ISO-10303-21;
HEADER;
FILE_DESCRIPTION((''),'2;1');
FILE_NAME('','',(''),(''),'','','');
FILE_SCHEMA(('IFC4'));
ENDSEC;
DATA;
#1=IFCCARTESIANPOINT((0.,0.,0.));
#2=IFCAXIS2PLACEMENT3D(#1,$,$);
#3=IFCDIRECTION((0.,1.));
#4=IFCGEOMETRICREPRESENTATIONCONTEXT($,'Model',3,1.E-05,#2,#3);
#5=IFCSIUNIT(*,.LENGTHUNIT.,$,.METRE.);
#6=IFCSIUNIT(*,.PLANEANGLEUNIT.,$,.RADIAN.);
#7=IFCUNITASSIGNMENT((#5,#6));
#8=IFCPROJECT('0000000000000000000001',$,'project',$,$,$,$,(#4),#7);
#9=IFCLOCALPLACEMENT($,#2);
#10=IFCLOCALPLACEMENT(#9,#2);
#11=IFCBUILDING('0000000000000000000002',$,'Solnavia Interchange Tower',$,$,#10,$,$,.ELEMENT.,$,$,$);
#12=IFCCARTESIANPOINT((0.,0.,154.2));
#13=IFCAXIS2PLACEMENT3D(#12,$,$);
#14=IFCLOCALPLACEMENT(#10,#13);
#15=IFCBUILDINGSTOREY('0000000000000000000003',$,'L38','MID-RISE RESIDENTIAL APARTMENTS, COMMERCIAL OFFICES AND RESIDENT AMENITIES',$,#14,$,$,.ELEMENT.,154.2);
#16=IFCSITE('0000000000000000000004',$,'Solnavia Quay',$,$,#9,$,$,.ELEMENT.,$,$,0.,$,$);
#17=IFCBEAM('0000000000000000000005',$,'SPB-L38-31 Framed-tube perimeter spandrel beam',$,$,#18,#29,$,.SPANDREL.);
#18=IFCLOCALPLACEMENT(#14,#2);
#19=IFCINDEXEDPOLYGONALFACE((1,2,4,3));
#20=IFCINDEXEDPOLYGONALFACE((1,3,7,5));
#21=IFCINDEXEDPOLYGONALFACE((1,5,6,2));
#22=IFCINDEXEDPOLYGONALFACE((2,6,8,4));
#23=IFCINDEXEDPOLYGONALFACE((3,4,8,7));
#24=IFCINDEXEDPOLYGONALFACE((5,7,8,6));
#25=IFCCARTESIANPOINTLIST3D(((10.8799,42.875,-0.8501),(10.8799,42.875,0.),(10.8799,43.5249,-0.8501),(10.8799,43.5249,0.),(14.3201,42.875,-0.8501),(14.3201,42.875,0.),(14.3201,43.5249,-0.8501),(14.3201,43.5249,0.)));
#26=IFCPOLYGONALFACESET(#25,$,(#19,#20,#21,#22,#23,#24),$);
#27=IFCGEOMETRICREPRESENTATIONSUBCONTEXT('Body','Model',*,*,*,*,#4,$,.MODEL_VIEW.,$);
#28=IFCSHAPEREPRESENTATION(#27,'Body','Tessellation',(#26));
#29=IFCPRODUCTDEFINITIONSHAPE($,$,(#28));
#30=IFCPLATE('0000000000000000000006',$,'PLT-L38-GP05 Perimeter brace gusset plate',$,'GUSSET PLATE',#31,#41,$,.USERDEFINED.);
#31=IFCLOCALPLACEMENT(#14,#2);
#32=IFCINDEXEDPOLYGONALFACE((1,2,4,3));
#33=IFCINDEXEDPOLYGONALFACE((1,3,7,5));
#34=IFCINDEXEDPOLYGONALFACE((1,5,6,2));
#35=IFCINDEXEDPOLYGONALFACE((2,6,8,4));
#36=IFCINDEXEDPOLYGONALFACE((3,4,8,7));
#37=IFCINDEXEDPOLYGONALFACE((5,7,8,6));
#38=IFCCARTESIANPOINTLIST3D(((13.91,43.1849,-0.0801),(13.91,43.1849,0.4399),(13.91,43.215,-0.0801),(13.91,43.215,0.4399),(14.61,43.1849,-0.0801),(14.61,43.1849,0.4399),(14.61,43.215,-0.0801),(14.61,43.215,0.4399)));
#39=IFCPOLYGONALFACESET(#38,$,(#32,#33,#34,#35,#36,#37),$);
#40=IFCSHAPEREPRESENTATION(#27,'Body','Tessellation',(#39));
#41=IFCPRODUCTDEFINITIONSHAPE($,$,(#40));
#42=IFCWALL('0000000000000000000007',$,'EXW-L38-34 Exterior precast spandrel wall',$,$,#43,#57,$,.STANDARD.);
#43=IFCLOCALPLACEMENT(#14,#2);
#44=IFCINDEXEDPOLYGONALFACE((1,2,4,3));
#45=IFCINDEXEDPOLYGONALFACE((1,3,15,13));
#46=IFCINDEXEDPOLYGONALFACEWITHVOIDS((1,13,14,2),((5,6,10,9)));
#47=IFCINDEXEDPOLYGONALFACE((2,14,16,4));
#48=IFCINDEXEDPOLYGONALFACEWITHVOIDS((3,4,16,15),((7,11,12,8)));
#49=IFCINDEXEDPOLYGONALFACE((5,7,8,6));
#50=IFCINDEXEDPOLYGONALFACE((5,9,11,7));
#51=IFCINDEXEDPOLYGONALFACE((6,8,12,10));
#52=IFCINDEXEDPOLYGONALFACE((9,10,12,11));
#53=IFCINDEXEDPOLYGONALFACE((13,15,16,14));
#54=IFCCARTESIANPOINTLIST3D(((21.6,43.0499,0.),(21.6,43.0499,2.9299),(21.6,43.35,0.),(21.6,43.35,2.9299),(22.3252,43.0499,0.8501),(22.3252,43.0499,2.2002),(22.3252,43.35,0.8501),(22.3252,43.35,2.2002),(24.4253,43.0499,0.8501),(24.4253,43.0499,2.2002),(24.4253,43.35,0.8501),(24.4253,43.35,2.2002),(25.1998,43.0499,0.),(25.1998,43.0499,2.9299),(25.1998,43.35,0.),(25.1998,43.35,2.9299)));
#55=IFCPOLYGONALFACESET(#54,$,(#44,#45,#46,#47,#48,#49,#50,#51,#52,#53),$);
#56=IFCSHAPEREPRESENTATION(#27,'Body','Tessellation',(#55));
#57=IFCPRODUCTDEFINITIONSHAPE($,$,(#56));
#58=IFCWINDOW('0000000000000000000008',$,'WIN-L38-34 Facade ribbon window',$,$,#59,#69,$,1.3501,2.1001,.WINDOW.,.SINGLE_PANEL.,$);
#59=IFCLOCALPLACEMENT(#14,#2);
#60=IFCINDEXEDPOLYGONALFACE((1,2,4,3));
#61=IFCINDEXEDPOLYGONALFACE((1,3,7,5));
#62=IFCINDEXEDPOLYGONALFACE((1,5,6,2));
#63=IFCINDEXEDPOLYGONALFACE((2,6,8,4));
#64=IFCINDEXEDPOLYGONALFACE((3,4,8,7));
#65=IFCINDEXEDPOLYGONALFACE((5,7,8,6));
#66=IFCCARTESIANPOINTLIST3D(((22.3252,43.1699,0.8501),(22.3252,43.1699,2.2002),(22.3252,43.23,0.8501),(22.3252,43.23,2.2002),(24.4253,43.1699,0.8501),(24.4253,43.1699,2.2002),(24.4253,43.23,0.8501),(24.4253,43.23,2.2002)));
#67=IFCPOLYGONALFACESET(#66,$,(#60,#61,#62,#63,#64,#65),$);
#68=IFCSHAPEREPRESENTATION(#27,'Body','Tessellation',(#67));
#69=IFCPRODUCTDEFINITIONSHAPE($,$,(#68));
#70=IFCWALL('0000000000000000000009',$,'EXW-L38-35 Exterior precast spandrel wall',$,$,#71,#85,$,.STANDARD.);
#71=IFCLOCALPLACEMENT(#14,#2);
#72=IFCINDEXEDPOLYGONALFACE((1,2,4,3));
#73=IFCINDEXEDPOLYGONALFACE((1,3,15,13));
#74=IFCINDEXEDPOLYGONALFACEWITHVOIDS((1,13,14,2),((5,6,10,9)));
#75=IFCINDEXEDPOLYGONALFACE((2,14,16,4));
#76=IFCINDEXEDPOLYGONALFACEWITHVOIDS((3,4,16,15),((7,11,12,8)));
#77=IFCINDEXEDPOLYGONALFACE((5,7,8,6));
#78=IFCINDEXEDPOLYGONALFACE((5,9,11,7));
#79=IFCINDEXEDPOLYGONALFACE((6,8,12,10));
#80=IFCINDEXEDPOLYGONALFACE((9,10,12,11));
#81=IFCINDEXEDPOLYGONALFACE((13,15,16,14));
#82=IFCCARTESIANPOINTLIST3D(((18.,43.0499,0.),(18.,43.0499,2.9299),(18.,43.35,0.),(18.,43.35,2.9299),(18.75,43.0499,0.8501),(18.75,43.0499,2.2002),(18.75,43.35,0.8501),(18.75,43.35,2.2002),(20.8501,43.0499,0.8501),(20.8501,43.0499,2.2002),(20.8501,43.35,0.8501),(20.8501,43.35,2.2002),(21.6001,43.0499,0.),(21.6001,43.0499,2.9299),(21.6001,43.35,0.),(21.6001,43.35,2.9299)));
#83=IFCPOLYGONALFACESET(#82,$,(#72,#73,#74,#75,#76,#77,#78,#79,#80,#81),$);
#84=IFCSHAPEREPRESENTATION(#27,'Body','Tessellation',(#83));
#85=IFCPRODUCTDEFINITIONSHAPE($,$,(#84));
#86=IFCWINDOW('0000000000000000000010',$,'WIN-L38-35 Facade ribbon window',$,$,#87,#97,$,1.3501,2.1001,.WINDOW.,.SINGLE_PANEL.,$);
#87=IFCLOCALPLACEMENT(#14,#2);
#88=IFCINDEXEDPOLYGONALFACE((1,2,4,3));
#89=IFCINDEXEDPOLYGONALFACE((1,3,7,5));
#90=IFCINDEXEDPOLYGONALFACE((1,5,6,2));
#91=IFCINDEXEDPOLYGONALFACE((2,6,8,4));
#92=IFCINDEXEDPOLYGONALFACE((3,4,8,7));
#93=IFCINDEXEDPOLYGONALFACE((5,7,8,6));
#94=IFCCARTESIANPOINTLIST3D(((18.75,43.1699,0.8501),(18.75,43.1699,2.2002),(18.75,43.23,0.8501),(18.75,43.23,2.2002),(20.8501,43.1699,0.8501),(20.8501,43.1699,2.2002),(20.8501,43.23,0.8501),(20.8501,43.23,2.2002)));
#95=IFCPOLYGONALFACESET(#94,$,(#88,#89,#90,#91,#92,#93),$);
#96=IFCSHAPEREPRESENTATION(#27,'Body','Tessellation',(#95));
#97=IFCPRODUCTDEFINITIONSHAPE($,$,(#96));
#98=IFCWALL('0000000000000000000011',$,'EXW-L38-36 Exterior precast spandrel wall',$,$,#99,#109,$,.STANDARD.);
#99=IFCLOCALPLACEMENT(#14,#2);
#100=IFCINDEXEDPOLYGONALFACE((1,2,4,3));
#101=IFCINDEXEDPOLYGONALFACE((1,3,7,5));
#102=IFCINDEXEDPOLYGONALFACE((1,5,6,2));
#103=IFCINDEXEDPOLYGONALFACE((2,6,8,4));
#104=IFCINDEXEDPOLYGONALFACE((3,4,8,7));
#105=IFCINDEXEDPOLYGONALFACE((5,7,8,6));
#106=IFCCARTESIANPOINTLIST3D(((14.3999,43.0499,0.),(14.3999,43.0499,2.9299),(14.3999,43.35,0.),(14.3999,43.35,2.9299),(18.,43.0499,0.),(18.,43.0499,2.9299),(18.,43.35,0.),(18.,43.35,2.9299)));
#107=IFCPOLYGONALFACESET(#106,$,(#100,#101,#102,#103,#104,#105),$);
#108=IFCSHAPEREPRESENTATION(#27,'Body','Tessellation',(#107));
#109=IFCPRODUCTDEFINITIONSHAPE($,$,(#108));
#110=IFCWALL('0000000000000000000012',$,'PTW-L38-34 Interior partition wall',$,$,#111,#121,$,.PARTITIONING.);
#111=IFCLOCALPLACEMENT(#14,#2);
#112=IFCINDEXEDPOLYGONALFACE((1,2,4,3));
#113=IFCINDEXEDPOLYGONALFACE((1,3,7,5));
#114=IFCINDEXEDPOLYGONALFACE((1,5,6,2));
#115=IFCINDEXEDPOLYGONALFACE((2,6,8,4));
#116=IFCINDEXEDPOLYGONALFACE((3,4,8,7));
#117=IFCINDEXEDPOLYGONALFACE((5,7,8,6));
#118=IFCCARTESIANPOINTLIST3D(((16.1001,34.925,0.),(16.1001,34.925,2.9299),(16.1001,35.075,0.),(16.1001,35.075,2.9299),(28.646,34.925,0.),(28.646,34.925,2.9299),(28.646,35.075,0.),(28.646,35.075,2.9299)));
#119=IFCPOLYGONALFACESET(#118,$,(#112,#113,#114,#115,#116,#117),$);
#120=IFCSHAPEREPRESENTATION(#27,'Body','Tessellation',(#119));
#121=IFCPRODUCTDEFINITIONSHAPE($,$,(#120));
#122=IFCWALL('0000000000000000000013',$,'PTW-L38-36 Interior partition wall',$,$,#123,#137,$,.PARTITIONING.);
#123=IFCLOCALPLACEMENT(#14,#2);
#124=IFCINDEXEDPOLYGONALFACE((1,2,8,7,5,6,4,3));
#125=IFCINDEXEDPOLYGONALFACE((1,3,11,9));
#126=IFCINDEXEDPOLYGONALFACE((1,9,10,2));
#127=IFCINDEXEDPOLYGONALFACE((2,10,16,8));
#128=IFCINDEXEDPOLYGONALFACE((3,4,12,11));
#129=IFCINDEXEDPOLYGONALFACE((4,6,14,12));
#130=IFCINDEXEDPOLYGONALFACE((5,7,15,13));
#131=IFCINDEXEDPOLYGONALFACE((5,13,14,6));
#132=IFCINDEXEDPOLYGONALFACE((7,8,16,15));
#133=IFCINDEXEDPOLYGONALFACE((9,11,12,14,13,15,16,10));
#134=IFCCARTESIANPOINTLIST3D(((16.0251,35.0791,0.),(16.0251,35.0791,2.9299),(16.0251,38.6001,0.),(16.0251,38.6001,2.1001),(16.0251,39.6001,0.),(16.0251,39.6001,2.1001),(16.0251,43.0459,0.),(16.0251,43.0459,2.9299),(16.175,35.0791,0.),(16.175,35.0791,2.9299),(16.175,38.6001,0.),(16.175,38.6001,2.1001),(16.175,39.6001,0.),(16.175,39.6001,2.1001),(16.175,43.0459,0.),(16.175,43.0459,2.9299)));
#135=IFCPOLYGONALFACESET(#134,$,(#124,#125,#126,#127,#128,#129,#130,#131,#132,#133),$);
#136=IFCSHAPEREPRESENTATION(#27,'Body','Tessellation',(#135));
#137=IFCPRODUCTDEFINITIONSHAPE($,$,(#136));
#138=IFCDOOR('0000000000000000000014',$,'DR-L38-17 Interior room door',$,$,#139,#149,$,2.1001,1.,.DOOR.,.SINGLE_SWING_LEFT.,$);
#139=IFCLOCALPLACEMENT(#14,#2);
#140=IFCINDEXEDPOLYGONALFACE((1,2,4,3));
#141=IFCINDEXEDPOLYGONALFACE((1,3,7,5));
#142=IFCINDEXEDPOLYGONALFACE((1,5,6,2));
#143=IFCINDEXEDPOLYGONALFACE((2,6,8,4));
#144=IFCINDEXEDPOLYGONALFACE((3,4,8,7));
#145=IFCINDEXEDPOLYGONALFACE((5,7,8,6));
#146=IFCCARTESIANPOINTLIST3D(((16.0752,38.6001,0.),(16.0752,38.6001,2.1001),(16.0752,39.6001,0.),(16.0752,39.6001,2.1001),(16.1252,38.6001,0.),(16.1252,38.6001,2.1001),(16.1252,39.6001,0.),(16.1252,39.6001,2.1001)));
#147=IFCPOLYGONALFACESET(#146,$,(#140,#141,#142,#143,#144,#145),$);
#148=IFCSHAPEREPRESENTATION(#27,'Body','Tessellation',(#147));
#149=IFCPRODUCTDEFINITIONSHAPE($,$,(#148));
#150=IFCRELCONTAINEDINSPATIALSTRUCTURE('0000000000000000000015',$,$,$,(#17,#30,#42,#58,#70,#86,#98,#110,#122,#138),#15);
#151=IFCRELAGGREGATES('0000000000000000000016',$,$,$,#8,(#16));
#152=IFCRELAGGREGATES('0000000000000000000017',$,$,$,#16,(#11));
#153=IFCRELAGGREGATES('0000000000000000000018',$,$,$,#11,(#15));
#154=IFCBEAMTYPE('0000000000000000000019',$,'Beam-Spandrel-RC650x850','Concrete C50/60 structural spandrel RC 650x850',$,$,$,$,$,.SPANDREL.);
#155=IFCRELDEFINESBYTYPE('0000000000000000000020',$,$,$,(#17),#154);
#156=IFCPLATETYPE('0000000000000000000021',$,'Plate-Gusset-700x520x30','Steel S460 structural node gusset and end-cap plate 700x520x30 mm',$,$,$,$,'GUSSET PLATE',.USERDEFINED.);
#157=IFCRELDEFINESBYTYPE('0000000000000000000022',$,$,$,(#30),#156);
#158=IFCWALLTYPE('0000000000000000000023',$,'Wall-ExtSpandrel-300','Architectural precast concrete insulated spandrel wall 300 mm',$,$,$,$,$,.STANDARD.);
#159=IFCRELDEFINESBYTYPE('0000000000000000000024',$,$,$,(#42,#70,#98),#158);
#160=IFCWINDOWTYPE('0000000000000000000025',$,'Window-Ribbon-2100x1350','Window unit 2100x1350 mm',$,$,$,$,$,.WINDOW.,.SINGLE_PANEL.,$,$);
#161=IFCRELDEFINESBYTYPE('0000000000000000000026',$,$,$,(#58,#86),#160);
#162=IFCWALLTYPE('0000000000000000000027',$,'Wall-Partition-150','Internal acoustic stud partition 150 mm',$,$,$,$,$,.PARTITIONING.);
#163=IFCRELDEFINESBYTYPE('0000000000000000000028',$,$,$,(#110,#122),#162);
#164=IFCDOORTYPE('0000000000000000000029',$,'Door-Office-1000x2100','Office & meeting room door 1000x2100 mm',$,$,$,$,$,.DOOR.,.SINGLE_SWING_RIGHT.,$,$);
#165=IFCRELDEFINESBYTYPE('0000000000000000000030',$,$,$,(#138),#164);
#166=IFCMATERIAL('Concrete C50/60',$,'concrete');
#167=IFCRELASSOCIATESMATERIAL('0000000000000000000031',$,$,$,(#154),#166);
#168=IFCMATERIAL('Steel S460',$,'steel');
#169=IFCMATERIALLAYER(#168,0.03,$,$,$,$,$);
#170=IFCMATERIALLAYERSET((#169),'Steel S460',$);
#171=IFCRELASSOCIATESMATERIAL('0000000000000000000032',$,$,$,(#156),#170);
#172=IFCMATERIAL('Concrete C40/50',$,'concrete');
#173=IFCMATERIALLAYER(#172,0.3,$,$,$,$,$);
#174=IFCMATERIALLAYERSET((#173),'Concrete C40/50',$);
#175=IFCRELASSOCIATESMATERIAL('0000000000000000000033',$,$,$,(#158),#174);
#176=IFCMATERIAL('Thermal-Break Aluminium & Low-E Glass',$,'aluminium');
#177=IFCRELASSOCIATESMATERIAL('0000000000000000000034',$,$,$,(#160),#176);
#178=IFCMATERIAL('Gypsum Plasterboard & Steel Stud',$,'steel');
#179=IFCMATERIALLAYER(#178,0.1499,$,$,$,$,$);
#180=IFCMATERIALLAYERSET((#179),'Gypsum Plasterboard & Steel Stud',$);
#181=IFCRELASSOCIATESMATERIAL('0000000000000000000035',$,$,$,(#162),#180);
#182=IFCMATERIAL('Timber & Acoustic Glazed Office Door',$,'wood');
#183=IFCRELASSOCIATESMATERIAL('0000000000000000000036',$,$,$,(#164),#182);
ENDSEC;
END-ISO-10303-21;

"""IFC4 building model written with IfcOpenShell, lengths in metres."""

from ifc_helpers import new_model, si_unit, direction, frame, frame_2d, origin, origin_2d, place, context, subcontext, project, spatial, rectangle, extrude, material, layer, layer_set, material_profile, profile_set, type_object, element, fill, save


model = new_model("IFC4")

# Units and contexts
model_context = context("Model", 3, precision=1e-05, world=origin(), true_north=direction((0.0, 1.0)))
body_context = subcontext(model_context, "Body", "Model", "MODEL_VIEW")
ifc_project = project(units=[si_unit("LENGTHUNIT", "METRE"), si_unit("PLANEANGLEUNIT", "RADIAN")], contexts=[model_context])

# Site, building, storey
site_placement = place(None, origin())
site = spatial("IfcSite", under=ifc_project, at=site_placement, Name="Solnavia Quay", CompositionType="ELEMENT", RefElevation=0.0)
building_placement = place(site_placement, origin())
building = spatial("IfcBuilding", under=site, at=building_placement, Name="Solnavia Interchange Tower", CompositionType="ELEMENT")
storey_placement = place(building_placement, frame((0.0, 0.0, 154.2)))
storey = spatial("IfcBuildingStorey", under=building, at=storey_placement, Name="L38", Description="MID-RISE RESIDENTIAL APARTMENTS, COMMERCIAL OFFICES AND RESIDENT AMENITIES", CompositionType="ELEMENT", Elevation=154.2)

# Shared definitions
ifc_material_1 = material(Name="Concrete C50/60", Category="concrete")

# Beam
ifc_material_2 = material(Name="Steel S460", Category="steel")
ifc_material_profile_1 = material_profile(ifc_material_1, rectangle(XDim=0.6499, YDim=0.8501, at=origin_2d()), Name="RC 650x850")
ifc_profile_set_1 = profile_set([ifc_material_profile_1], Name="Concrete C50/60")
beam_type_1 = type_object("IfcBeamType", Name="Beam-Spandrel-RC650x850", Description="Concrete C50/60 structural spandrel RC 650x850", PredefinedType="SPANDREL", material=ifc_profile_set_1)
beam_1_placement = place(storey_placement, frame((14.3201, 43.2, -0.425), z_axis=(-1.0, 0.0, 0.0), x_axis=(0.0, -1.0, 0.0)))
element("IfcBeam", 1, at=beam_1_placement, inside=storey, type_object=beam_type_1, Name="SPB-L38-31 Framed-tube perimeter spandrel beam", PredefinedType="SPANDREL", context=body_context, shape_type="SweptSolid", body=[
    extrude(rectangle(XDim=0.6499, YDim=0.8501, at=origin_2d()), origin(), (0.0, 0.0, 1.0), 3.4402),
])

# Plate
ifc_layer_1 = layer(ifc_material_2, 0.03)
ifc_layer_set_1 = layer_set([ifc_layer_1], Name="Steel S460")
plate_type = type_object("IfcPlateType", Name="Plate-Gusset-700x520x30", Description="Steel S460 structural node gusset and end-cap plate 700x520x30 mm", ElementType="GUSSET PLATE", PredefinedType="USERDEFINED", material=ifc_layer_set_1)
plate_placement = place(storey_placement, frame((14.26, 43.2, -0.0801), z_axis=(0.0, 0.0, 1.0), x_axis=(-1.0, 0.0, 0.0)))
element("IfcPlate", 2, at=plate_placement, inside=storey, type_object=plate_type, Name="PLT-L38-GP05 Perimeter brace gusset plate", ObjectType="GUSSET PLATE", PredefinedType="USERDEFINED", context=body_context, shape_type="SweptSolid", body=[
    extrude(rectangle(XDim=0.7, YDim=0.03, at=origin_2d()), origin(), (0.0, 0.0, 1.0), 0.52),
])

# Walls, openings, windows
ifc_material_3 = material(Name="Concrete C40/50", Category="concrete")
ifc_layer_2 = layer(ifc_material_3, 0.3)
ifc_layer_set_2 = layer_set([ifc_layer_2], Name="Concrete C40/50")
wall_type_1 = type_object("IfcWallType", Name="Wall-ExtSpandrel-300", Description="Architectural precast concrete insulated spandrel wall 300 mm", PredefinedType="STANDARD", material=ifc_layer_set_2)
wall_1_placement = place(storey_placement, frame((21.6001, 43.2, 0.0), z_axis=(0.0, 0.0, 1.0), x_axis=(1.0, 0.0, 0.0)))
wall_1 = element("IfcWall", 3, at=wall_1_placement, inside=storey, type_object=wall_type_1, Name="EXW-L38-34 Exterior precast spandrel wall", PredefinedType="STANDARD", context=body_context, shape_type="SweptSolid", body=[
    extrude(rectangle(XDim=3.5999, YDim=0.3, at=frame_2d((1.7998, 0.0))), origin(), (0.0, 0.0, 1.0), 2.9299),
])
opening_1_placement = place(wall_1_placement, frame((0.7251, 0.0, 0.8501)))
opening_1 = element("IfcOpeningElement", 4, at=opening_1_placement, cuts=wall_1, PredefinedType="OPENING", context=body_context, shape_type="SweptSolid", body=[
    extrude(rectangle(XDim=2.1001, YDim=1.3501, at=frame_2d((1.05, 0.675))), frame((0.0, 0.1602, 0.0), z_axis=(0.0, -1.0, 0.0), x_axis=(1.0, 0.0, 0.0)), (0.0, 0.0, 1.0), 0.3201),
])
ifc_material_4 = material(Name="Thermal-Break Aluminium & Low-E Glass", Category="aluminium")
window_type = type_object("IfcWindowType", Name="Window-Ribbon-2100x1350", Description="Window unit 2100x1350 mm", PartitioningType="SINGLE_PANEL", PredefinedType="WINDOW", material=ifc_material_4)
window_1_placement = place(opening_1_placement, origin())
window_1 = element("IfcWindow", 5, at=window_1_placement, inside=storey, type_object=window_type, Name="WIN-L38-34 Facade ribbon window", OverallHeight=1.3501, OverallWidth=2.1001, PartitioningType="SINGLE_PANEL", PredefinedType="WINDOW", context=body_context, shape_type="SweptSolid", body=[
    extrude(rectangle(XDim=2.1001, YDim=1.3501, at=frame_2d((1.05, 0.675))), frame((0.0, 0.03, 0.0), z_axis=(0.0, -1.0, 0.0), x_axis=(1.0, 0.0, 0.0)), (0.0, 0.0, 1.0), 0.0601),
])
fill(opening_1, window_1)
wall_2_placement = place(storey_placement, frame((18.0, 43.2, 0.0), z_axis=(0.0, 0.0, 1.0), x_axis=(1.0, 0.0, 0.0)))
wall_2 = element("IfcWall", 6, at=wall_2_placement, inside=storey, type_object=wall_type_1, Name="EXW-L38-35 Exterior precast spandrel wall", PredefinedType="STANDARD", context=body_context, shape_type="SweptSolid", body=[
    extrude(rectangle(XDim=3.6001, YDim=0.3, at=frame_2d((1.8, 0.0))), origin(), (0.0, 0.0, 1.0), 2.9299),
])
opening_2_placement = place(wall_2_placement, frame((0.75, 0.0, 0.8501)))
opening_2 = element("IfcOpeningElement", 7, at=opening_2_placement, cuts=wall_2, PredefinedType="OPENING", context=body_context, shape_type="SweptSolid", body=[
    extrude(rectangle(XDim=2.1001, YDim=1.3501, at=frame_2d((1.05, 0.675))), frame((0.0, 0.1602, 0.0), z_axis=(0.0, -1.0, 0.0), x_axis=(1.0, 0.0, 0.0)), (0.0, 0.0, 1.0), 0.3201),
])
window_2_placement = place(opening_2_placement, origin())
window_2 = element("IfcWindow", 8, at=window_2_placement, inside=storey, type_object=window_type, Name="WIN-L38-35 Facade ribbon window", OverallHeight=1.3501, OverallWidth=2.1001, PartitioningType="SINGLE_PANEL", PredefinedType="WINDOW", context=body_context, shape_type="SweptSolid", body=[
    extrude(rectangle(XDim=2.1001, YDim=1.3501, at=frame_2d((1.05, 0.675))), frame((0.0, 0.03, 0.0), z_axis=(0.0, -1.0, 0.0), x_axis=(1.0, 0.0, 0.0)), (0.0, 0.0, 1.0), 0.0601),
])
fill(opening_2, window_2)

# Walls
wall_3_placement = place(storey_placement, frame((14.3999, 43.2, 0.0), z_axis=(0.0, 0.0, 1.0), x_axis=(1.0, 0.0, 0.0)))
element("IfcWall", 9, at=wall_3_placement, inside=storey, type_object=wall_type_1, Name="EXW-L38-36 Exterior precast spandrel wall", PredefinedType="STANDARD", context=body_context, shape_type="SweptSolid", body=[
    extrude(rectangle(XDim=3.6001, YDim=0.3, at=frame_2d((1.8, 0.0))), origin(), (0.0, 0.0, 1.0), 2.9299),
])
ifc_material_5 = material(Name="Gypsum Plasterboard & Steel Stud", Category="steel")
ifc_layer_3 = layer(ifc_material_5, 0.1499)
ifc_layer_set_3 = layer_set([ifc_layer_3], Name="Gypsum Plasterboard & Steel Stud")
wall_type_2 = type_object("IfcWallType", Name="Wall-Partition-150", Description="Internal acoustic stud partition 150 mm", PredefinedType="PARTITIONING", material=ifc_layer_set_3)
wall_4_placement = place(storey_placement, frame((16.1001, 35.0, 0.0), z_axis=(0.0, 0.0, 1.0), x_axis=(1.0, 0.0, 0.0)))
element("IfcWall", 10, at=wall_4_placement, inside=storey, type_object=wall_type_2, Name="PTW-L38-34 Interior partition wall", PredefinedType="PARTITIONING", context=body_context, shape_type="SweptSolid", body=[
    extrude(rectangle(XDim=12.5459, YDim=0.1499, at=frame_2d((6.2729, 0.0))), origin(), (0.0, 0.0, 1.0), 2.9299),
])

# Wall, opening, door
wall_5_placement = place(storey_placement, frame((16.1001, 35.0791, 0.0), z_axis=(0.0, 0.0, 1.0), x_axis=(0.0, 1.0, 0.0)))
wall_5 = element("IfcWall", 11, at=wall_5_placement, inside=storey, type_object=wall_type_2, Name="PTW-L38-36 Interior partition wall", PredefinedType="PARTITIONING", context=body_context, shape_type="SweptSolid", body=[
    extrude(rectangle(XDim=7.9668, YDim=0.1499, at=frame_2d((3.9834, 0.0))), origin(), (0.0, 0.0, 1.0), 2.9299),
])
opening_3_placement = place(wall_5_placement, frame((3.521, 0.0, 0.0)))
opening_3 = element("IfcOpeningElement", 12, at=opening_3_placement, cuts=wall_5, PredefinedType="OPENING", context=body_context, shape_type="SweptSolid", body=[
    extrude(rectangle(XDim=1.0, YDim=2.1001, at=frame_2d((0.5, 1.05))), frame((0.0, 0.085, 0.0), z_axis=(0.0, -1.0, 0.0), x_axis=(1.0, 0.0, 0.0)), (0.0, 0.0, 1.0), 0.1699),
])
ifc_material_6 = material(Name="Timber & Acoustic Glazed Office Door", Category="wood")
door_type = type_object("IfcDoorType", Name="Door-Office-1000x2100", Description="Office & meeting room door 1000x2100 mm", OperationType="SINGLE_SWING_RIGHT", PredefinedType="DOOR", material=ifc_material_6)
door_placement = place(opening_3_placement, origin())
door = element("IfcDoor", 13, at=door_placement, inside=storey, type_object=door_type, Name="DR-L38-17 Interior room door", OperationType="SINGLE_SWING_LEFT", OverallHeight=2.1001, OverallWidth=1.0, PredefinedType="DOOR", context=body_context, shape_type="SweptSolid", body=[
    extrude(rectangle(XDim=1.0, YDim=2.1001, at=frame_2d((0.5, 1.05))), frame((0.0, 0.0249, 0.0), z_axis=(0.0, -1.0, 0.0), x_axis=(1.0, 0.0, 0.0)), (0.0, 0.0, 1.0), 0.05),
])
fill(opening_3, door)

save(model, "model.ifc")
